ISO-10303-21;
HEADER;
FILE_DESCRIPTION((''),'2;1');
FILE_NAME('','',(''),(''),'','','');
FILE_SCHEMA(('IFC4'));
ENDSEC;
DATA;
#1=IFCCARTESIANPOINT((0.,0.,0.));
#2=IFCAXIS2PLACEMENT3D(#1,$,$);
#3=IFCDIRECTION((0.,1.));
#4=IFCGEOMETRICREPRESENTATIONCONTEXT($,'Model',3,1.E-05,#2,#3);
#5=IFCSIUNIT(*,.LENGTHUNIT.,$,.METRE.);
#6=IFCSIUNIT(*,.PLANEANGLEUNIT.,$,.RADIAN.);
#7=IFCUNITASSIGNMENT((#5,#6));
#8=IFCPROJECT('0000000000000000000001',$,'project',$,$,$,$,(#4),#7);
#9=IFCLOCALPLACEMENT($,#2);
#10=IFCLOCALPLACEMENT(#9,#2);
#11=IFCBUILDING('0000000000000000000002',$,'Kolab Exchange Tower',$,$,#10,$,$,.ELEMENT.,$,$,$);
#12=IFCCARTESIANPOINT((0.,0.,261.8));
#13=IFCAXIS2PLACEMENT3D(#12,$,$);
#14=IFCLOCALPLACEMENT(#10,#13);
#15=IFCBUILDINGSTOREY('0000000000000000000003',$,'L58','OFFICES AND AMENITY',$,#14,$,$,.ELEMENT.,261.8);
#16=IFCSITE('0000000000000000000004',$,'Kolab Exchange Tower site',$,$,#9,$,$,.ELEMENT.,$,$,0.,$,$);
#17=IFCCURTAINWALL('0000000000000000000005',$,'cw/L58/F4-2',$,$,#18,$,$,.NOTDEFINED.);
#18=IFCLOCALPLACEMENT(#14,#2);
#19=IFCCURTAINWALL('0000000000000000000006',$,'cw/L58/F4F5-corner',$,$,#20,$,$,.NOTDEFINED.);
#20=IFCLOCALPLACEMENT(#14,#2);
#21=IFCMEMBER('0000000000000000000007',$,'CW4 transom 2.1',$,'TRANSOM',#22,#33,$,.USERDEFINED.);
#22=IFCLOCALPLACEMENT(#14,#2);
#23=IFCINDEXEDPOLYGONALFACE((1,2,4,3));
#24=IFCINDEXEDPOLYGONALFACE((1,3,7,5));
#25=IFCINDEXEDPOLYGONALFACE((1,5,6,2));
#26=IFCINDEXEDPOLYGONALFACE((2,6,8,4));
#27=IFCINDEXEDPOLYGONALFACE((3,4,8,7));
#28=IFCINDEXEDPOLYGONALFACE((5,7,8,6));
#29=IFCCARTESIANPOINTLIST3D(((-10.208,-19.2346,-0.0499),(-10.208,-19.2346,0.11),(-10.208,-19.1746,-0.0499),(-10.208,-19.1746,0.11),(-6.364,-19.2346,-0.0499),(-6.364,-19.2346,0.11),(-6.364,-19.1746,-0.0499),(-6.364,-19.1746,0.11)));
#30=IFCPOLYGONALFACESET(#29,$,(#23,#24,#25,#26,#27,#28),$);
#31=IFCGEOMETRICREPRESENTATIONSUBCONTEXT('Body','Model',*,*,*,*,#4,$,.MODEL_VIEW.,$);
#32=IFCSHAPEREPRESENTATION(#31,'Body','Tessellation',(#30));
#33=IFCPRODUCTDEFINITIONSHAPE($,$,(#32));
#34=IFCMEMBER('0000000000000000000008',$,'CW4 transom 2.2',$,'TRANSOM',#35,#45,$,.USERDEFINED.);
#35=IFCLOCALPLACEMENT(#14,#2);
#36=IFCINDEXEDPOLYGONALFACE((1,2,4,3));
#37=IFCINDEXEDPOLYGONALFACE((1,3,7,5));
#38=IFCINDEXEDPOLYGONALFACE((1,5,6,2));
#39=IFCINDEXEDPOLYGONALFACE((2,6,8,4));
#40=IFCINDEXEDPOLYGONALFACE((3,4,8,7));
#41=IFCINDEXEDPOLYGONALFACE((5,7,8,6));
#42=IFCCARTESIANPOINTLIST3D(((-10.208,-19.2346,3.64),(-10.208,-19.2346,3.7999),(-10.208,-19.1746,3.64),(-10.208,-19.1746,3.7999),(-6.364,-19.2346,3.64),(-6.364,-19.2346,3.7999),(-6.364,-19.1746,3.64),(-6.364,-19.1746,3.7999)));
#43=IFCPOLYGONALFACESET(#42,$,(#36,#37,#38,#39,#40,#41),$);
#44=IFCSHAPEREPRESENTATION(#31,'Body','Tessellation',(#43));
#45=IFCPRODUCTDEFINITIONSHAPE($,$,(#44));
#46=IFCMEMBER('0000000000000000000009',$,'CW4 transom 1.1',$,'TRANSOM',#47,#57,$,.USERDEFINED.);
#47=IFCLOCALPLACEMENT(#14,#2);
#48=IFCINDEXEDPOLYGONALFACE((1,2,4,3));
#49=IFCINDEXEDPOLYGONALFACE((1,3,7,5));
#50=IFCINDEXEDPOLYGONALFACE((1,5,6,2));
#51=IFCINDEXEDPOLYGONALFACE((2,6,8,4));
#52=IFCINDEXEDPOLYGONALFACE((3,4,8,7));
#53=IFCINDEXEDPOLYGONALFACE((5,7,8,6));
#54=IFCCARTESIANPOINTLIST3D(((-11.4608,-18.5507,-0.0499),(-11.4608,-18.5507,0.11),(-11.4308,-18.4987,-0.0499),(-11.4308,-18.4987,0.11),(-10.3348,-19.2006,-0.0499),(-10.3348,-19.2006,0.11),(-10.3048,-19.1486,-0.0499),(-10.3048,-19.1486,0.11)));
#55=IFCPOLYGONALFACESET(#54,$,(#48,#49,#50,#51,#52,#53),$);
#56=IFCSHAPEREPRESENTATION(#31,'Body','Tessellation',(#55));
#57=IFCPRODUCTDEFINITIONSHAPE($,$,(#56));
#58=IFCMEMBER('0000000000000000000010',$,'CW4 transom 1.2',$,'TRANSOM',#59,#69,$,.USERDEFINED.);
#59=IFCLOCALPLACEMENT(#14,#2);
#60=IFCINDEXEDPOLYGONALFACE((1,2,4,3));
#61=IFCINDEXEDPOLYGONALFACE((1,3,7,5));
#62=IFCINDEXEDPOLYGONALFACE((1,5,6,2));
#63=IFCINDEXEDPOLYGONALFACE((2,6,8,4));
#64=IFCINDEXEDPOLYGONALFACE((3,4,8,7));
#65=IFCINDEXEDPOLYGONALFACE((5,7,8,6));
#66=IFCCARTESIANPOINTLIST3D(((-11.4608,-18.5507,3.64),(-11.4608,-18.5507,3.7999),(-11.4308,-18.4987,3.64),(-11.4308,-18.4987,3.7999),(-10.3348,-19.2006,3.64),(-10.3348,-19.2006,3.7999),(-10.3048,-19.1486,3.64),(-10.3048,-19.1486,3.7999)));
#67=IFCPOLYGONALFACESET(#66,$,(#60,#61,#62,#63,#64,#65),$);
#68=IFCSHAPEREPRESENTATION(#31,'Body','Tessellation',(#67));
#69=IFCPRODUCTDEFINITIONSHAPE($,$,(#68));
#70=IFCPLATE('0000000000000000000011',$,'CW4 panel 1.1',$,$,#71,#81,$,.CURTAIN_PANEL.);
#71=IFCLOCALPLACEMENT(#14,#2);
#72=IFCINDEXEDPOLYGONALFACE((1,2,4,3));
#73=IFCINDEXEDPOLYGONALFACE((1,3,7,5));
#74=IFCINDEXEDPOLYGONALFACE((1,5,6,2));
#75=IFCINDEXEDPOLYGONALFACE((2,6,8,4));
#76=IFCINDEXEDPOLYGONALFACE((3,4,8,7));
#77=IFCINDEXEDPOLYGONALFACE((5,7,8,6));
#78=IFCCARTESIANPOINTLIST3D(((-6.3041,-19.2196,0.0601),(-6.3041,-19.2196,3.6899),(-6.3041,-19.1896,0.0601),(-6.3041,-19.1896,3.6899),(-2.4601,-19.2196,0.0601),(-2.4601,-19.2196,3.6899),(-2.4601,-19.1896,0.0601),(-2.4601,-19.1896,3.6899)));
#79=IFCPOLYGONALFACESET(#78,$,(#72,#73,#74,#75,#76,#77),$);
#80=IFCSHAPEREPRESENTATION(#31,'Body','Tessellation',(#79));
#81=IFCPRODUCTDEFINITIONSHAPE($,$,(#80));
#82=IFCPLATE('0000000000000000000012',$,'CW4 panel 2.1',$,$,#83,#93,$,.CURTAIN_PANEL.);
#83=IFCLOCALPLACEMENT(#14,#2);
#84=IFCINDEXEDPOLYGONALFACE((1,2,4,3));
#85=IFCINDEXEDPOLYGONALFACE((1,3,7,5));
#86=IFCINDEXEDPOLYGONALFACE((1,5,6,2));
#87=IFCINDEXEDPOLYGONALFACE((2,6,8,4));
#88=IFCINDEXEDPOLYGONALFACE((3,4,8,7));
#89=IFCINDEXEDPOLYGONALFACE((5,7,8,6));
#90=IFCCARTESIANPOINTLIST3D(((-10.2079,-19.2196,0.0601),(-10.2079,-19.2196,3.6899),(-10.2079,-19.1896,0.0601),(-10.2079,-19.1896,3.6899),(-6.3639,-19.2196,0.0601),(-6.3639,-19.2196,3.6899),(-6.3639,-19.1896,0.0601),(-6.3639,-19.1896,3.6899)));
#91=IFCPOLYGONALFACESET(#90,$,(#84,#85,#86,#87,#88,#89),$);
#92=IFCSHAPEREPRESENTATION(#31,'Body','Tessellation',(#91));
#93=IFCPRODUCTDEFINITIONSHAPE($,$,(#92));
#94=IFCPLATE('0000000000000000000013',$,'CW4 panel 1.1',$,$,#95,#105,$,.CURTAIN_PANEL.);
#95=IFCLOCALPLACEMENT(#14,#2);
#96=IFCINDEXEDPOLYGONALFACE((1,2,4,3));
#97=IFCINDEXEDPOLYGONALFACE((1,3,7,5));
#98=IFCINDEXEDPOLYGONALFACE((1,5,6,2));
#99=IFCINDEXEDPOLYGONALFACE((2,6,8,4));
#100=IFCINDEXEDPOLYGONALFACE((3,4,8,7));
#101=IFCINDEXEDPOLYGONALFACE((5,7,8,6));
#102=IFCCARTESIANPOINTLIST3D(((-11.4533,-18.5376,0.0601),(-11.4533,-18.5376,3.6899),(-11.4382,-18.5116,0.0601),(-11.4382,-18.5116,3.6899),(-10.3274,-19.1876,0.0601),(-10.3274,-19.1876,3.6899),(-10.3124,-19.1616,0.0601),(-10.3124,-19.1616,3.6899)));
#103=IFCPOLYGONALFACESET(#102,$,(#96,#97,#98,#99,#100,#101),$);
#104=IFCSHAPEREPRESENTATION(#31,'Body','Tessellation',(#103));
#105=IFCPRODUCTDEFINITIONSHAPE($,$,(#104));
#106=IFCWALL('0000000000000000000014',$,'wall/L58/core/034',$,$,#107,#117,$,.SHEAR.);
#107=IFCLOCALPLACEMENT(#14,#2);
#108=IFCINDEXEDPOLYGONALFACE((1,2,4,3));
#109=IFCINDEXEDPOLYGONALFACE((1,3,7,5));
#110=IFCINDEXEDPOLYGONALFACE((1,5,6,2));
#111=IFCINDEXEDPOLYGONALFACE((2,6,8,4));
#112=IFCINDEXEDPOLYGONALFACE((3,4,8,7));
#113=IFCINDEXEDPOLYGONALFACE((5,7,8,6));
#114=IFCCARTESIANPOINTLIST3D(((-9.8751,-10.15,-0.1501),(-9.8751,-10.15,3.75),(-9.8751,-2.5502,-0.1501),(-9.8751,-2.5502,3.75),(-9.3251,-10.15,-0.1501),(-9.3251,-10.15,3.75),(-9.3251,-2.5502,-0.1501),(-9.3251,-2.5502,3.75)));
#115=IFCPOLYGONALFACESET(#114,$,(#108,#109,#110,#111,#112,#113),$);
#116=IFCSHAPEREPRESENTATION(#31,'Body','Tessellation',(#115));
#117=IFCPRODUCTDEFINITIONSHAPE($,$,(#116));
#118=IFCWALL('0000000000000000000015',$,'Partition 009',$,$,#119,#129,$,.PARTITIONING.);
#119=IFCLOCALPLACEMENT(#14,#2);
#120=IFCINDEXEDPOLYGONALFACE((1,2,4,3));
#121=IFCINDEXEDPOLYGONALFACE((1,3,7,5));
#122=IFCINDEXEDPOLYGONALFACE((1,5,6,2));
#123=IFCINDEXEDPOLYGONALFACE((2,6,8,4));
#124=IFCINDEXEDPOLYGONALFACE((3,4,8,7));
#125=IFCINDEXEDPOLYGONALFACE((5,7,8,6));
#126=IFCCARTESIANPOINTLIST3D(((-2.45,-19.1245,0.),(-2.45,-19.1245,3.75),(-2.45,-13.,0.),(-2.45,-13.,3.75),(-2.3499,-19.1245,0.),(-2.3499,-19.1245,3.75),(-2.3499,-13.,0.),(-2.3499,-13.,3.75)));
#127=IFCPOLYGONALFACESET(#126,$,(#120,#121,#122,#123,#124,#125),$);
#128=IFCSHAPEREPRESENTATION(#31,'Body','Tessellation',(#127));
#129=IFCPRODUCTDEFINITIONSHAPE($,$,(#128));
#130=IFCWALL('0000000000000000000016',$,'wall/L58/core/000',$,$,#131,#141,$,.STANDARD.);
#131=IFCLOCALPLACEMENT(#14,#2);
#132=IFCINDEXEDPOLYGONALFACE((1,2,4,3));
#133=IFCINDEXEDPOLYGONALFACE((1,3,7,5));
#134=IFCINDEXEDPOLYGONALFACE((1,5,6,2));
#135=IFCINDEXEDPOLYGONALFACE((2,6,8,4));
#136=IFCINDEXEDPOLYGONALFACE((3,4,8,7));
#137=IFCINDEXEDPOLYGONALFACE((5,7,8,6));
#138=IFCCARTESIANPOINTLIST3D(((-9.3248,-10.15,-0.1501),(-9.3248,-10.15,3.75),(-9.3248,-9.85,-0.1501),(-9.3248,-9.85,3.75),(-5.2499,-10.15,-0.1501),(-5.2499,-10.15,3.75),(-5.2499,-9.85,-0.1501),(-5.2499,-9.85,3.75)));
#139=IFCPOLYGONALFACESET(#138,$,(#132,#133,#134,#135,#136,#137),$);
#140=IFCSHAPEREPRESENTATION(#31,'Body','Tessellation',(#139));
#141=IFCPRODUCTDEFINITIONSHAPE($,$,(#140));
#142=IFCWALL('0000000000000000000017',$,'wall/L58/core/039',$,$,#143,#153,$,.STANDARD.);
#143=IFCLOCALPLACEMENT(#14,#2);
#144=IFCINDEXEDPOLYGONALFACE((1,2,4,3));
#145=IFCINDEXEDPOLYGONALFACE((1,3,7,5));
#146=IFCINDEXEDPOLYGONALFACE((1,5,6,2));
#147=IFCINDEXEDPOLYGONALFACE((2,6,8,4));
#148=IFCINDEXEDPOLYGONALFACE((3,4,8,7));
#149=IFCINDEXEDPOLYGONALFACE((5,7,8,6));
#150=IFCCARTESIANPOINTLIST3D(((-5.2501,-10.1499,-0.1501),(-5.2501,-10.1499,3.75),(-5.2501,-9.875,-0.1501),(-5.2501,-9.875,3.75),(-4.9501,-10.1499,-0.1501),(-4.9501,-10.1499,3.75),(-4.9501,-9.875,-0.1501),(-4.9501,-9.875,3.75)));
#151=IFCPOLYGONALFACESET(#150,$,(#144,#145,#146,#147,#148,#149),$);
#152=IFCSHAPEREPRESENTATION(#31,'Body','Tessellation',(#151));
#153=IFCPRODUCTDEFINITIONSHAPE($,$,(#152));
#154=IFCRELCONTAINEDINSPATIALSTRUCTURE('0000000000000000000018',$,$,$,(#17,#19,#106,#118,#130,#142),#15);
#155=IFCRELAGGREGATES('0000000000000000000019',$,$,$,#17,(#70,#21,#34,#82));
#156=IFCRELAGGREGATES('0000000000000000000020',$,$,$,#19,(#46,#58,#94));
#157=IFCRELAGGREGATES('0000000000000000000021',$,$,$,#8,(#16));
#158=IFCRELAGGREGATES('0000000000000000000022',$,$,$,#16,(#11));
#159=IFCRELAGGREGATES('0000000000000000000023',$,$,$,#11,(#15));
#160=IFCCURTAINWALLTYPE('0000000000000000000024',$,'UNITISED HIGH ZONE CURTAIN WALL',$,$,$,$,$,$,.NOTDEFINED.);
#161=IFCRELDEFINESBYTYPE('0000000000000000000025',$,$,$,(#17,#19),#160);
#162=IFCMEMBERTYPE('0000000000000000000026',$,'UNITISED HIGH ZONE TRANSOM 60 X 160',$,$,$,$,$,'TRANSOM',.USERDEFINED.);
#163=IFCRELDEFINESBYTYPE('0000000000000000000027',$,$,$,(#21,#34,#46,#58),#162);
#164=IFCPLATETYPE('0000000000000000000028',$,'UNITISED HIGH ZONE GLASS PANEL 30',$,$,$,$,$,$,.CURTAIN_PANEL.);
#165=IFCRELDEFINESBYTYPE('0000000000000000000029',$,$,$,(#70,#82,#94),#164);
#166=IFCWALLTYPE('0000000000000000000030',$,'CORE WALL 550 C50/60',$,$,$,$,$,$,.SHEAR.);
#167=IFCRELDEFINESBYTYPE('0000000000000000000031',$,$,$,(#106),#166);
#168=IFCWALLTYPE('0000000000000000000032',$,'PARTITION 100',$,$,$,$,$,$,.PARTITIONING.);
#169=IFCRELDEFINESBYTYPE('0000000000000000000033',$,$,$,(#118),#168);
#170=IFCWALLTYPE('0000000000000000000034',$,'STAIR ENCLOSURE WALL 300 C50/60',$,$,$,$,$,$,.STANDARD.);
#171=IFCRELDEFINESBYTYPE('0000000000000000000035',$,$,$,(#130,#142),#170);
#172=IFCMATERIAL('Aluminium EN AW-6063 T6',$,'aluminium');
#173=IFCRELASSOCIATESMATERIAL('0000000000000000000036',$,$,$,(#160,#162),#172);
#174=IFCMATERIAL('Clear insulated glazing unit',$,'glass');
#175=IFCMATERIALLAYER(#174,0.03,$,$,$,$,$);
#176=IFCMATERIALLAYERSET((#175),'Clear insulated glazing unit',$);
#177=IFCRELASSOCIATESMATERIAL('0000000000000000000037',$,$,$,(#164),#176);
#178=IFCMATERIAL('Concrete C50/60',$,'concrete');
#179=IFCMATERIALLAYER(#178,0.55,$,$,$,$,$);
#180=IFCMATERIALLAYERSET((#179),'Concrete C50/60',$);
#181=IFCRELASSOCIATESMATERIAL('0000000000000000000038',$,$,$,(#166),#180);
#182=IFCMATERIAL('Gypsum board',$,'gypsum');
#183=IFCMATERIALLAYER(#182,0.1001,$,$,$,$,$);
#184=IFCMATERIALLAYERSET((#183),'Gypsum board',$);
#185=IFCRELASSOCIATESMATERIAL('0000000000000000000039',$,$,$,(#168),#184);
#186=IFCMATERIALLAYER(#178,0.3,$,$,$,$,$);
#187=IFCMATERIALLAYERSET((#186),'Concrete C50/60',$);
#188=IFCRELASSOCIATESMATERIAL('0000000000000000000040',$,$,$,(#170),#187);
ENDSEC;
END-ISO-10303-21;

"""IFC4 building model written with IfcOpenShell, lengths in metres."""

from ifc_helpers import new_model, si_unit, direction, frame, frame_2d, origin, origin_2d, place, context, subcontext, project, spatial, rectangle, extrude, material, layer, layer_set, material_profile, profile_set, type_object, element, aggregate, save


model = new_model("IFC4")

# Units and contexts
model_context = context("Model", 3, precision=1e-05, world=origin(), true_north=direction((0.0, 1.0)))
body_context = subcontext(model_context, "Body", "Model", "MODEL_VIEW")
ifc_project = project(units=[si_unit("LENGTHUNIT", "METRE"), si_unit("PLANEANGLEUNIT", "RADIAN")], contexts=[model_context])

# Site, building, storey
site_placement = place(None, origin())
site = spatial("IfcSite", under=ifc_project, at=site_placement, Name="Kolab Exchange Tower site", CompositionType="ELEMENT", RefElevation=0.0)
building_placement = place(site_placement, origin())
building = spatial("IfcBuilding", under=site, at=building_placement, Name="Kolab Exchange Tower", CompositionType="ELEMENT")
storey_placement = place(building_placement, frame((0.0, 0.0, 261.8)))
storey = spatial("IfcBuildingStorey", under=building, at=storey_placement, Name="L58", Description="OFFICES AND AMENITY", CompositionType="ELEMENT", Elevation=261.8)

# Shared definitions
ifc_material_1 = material(Name="Concrete C50/60", Category="concrete")

# Curtain wall
ifc_material_2 = material(Name="Aluminium EN AW-6063 T6", Category="aluminium")
curtain_wall_type = type_object("IfcCurtainWallType", Name="UNITISED HIGH ZONE CURTAIN WALL", PredefinedType="NOTDEFINED", material=ifc_material_2)
curtain_wall_1_placement = place(storey_placement, origin())
curtain_wall_1 = element("IfcCurtainWall", 1, at=curtain_wall_1_placement, inside=storey, type_object=curtain_wall_type, Name="cw/L58/F4-2", PredefinedType="NOTDEFINED")

# Curtain wall
curtain_wall_2_placement = place(storey_placement, origin())
curtain_wall_2 = element("IfcCurtainWall", 2, at=curtain_wall_2_placement, inside=storey, type_object=curtain_wall_type, Name="cw/L58/F4F5-corner", PredefinedType="NOTDEFINED")

# Members
ifc_material_profile_1 = material_profile(ifc_material_2, rectangle(XDim=0.0601, YDim=0.1599, at=origin_2d()), Name="RECT 60X160")
ifc_profile_set_1 = profile_set([ifc_material_profile_1], Name="Aluminium EN AW-6063 T6")
member_type_1 = type_object("IfcMemberType", Name="UNITISED HIGH ZONE TRANSOM 60 X 160", ElementType="TRANSOM", PredefinedType="USERDEFINED", material=ifc_profile_set_1)
member_1_placement = place(storey_placement, frame((-6.364, -19.2046, 0.03), z_axis=(-1.0, 0.0, 0.0), x_axis=(0.0, -1.0, 0.0)))
member_1 = element("IfcMember", 3, at=member_1_placement, type_object=member_type_1, Name="CW4 transom 2.1", ObjectType="TRANSOM", PredefinedType="USERDEFINED", context=body_context, shape_type="SweptSolid", body=[
    extrude(rectangle(XDim=0.0601, YDim=0.1599, at=origin_2d()), origin(), (0.0, 0.0, 1.0), 3.844),
])
member_2_placement = place(storey_placement, frame((-6.364, -19.2046, 3.72), z_axis=(-1.0, 0.0, 0.0), x_axis=(0.0, -1.0, 0.0)))
member_2 = element("IfcMember", 4, at=member_2_placement, type_object=member_type_1, Name="CW4 transom 2.2", ObjectType="TRANSOM", PredefinedType="USERDEFINED", context=body_context, shape_type="SweptSolid", body=[
    extrude(rectangle(XDim=0.0601, YDim=0.1599, at=origin_2d()), origin(), (0.0, 0.0, 1.0), 3.844),
])
member_3_placement = place(storey_placement, frame((-10.3198, -19.1746, 0.03), z_axis=(-0.866086, 0.499896, 0.0), x_axis=(-0.499896, -0.866086, 0.0)))
member_3 = element("IfcMember", 5, at=member_3_placement, type_object=member_type_1, Name="CW4 transom 1.1", ObjectType="TRANSOM", PredefinedType="USERDEFINED", context=body_context, shape_type="SweptSolid", body=[
    extrude(rectangle(XDim=0.0601, YDim=0.1599, at=origin_2d()), origin(), (0.0, 0.0, 1.0), 1.3),
])
member_4_placement = place(storey_placement, frame((-10.3198, -19.1746, 3.72), z_axis=(-0.866086, 0.499896, 0.0), x_axis=(-0.499896, -0.866086, 0.0)))
member_4 = element("IfcMember", 6, at=member_4_placement, type_object=member_type_1, Name="CW4 transom 1.2", ObjectType="TRANSOM", PredefinedType="USERDEFINED", context=body_context, shape_type="SweptSolid", body=[
    extrude(rectangle(XDim=0.0601, YDim=0.1599, at=origin_2d()), origin(), (0.0, 0.0, 1.0), 1.3),
])

# Plates
ifc_material_3 = material(Name="Clear insulated glazing unit", Category="glass")
ifc_layer_1 = layer(ifc_material_3, 0.03)
ifc_layer_set_1 = layer_set([ifc_layer_1], Name="Clear insulated glazing unit")
plate_type = type_object("IfcPlateType", Name="UNITISED HIGH ZONE GLASS PANEL 30", PredefinedType="CURTAIN_PANEL", material=ifc_layer_set_1)
plate_1_placement = place(storey_placement, frame((-4.3821, -19.2046, 0.0601), z_axis=(0.0, 0.0, 1.0), x_axis=(-1.0, 0.0, 0.0)))
plate_1 = element("IfcPlate", 7, at=plate_1_placement, type_object=plate_type, Name="CW4 panel 1.1", PredefinedType="CURTAIN_PANEL", context=body_context, shape_type="SweptSolid", body=[
    extrude(rectangle(XDim=3.844, YDim=0.03, at=origin_2d()), origin(), (0.0, 0.0, 1.0), 3.6299),
])
plate_2_placement = place(storey_placement, frame((-8.2859, -19.2046, 0.0601), z_axis=(0.0, 0.0, 1.0), x_axis=(-1.0, 0.0, 0.0)))
plate_2 = element("IfcPlate", 8, at=plate_2_placement, type_object=plate_type, Name="CW4 panel 2.1", PredefinedType="CURTAIN_PANEL", context=body_context, shape_type="SweptSolid", body=[
    extrude(rectangle(XDim=3.844, YDim=0.03, at=origin_2d()), origin(), (0.0, 0.0, 1.0), 3.6299),
])
aggregate(curtain_wall_1, [plate_1, member_1, member_2, plate_2])
plate_3_placement = place(storey_placement, frame((-10.8828, -18.8496, 0.0601), z_axis=(0.0, 0.0, 1.0), x_axis=(-0.866025, 0.5, 0.0)))
plate_3 = element("IfcPlate", 9, at=plate_3_placement, type_object=plate_type, Name="CW4 panel 1.1", PredefinedType="CURTAIN_PANEL", context=body_context, shape_type="SweptSolid", body=[
    extrude(rectangle(XDim=1.3, YDim=0.03, at=origin_2d()), origin(), (0.0, 0.0, 1.0), 3.6299),
])
aggregate(curtain_wall_2, [member_3, member_4, plate_3])

# Walls
ifc_layer_2 = layer(ifc_material_1, 0.55)
ifc_layer_set_2 = layer_set([ifc_layer_2], Name="Concrete C50/60")
wall_type_1 = type_object("IfcWallType", Name="CORE WALL 550 C50/60", PredefinedType="SHEAR", material=ifc_layer_set_2)
wall_1_placement = place(storey_placement, frame((-9.6001, -10.1499, -0.1501), z_axis=(0.0, 0.0, 1.0), x_axis=(0.0, 1.0, 0.0)))
element("IfcWall", 10, at=wall_1_placement, inside=storey, type_object=wall_type_1, Name="wall/L58/core/034", PredefinedType="SHEAR", context=body_context, shape_type="SweptSolid", body=[
    extrude(rectangle(XDim=7.5999, YDim=0.55, at=frame_2d((3.7998, 0.0))), origin(), (0.0, 0.0, 1.0), 3.9001),
])
ifc_material_4 = material(Name="Gypsum board", Category="gypsum")
ifc_layer_3 = layer(ifc_material_4, 0.1001)
ifc_layer_set_3 = layer_set([ifc_layer_3], Name="Gypsum board")
wall_type_2 = type_object("IfcWallType", Name="PARTITION 100", PredefinedType="PARTITIONING", material=ifc_layer_set_3)
wall_2_placement = place(storey_placement, frame((-2.3999, -19.1245, 0.0), z_axis=(0.0, 0.0, 1.0), x_axis=(0.0, 1.0, 0.0)))
element("IfcWall", 11, at=wall_2_placement, inside=storey, type_object=wall_type_2, Name="Partition 009", PredefinedType="PARTITIONING", context=body_context, shape_type="SweptSolid", body=[
    extrude(rectangle(XDim=6.1245, YDim=0.1001, at=frame_2d((3.0623, 0.0))), origin(), (0.0, 0.0, 1.0), 3.75),
])
ifc_layer_4 = layer(ifc_material_1, 0.3)
ifc_layer_set_4 = layer_set([ifc_layer_4], Name="Concrete C50/60")
wall_type_3 = type_object("IfcWallType", Name="STAIR ENCLOSURE WALL 300 C50/60", PredefinedType="STANDARD", material=ifc_layer_set_4)
wall_3_placement = place(storey_placement, frame((-9.325, -10.0, -0.1501), z_axis=(0.0, 0.0, 1.0), x_axis=(1.0, 0.0, 0.0)))
element("IfcWall", 12, at=wall_3_placement, inside=storey, type_object=wall_type_3, Name="wall/L58/core/000", PredefinedType="STANDARD", context=body_context, shape_type="SweptSolid", body=[
    extrude(rectangle(XDim=4.075, YDim=0.3, at=frame_2d((2.0376, 0.0))), origin(), (0.0, 0.0, 1.0), 3.9001),
])
wall_4_placement = place(storey_placement, frame((-5.1001, -10.1499, -0.1501), z_axis=(0.0, 0.0, 1.0), x_axis=(0.0, 1.0, 0.0)))
element("IfcWall", 13, at=wall_4_placement, inside=storey, type_object=wall_type_3, Name="wall/L58/core/039", PredefinedType="STANDARD", context=body_context, shape_type="SweptSolid", body=[
    extrude(rectangle(XDim=0.2749, YDim=0.3, at=frame_2d((0.1375, 0.0))), origin(), (0.0, 0.0, 1.0), 3.9001),
])

save(model, "model.ifc")
